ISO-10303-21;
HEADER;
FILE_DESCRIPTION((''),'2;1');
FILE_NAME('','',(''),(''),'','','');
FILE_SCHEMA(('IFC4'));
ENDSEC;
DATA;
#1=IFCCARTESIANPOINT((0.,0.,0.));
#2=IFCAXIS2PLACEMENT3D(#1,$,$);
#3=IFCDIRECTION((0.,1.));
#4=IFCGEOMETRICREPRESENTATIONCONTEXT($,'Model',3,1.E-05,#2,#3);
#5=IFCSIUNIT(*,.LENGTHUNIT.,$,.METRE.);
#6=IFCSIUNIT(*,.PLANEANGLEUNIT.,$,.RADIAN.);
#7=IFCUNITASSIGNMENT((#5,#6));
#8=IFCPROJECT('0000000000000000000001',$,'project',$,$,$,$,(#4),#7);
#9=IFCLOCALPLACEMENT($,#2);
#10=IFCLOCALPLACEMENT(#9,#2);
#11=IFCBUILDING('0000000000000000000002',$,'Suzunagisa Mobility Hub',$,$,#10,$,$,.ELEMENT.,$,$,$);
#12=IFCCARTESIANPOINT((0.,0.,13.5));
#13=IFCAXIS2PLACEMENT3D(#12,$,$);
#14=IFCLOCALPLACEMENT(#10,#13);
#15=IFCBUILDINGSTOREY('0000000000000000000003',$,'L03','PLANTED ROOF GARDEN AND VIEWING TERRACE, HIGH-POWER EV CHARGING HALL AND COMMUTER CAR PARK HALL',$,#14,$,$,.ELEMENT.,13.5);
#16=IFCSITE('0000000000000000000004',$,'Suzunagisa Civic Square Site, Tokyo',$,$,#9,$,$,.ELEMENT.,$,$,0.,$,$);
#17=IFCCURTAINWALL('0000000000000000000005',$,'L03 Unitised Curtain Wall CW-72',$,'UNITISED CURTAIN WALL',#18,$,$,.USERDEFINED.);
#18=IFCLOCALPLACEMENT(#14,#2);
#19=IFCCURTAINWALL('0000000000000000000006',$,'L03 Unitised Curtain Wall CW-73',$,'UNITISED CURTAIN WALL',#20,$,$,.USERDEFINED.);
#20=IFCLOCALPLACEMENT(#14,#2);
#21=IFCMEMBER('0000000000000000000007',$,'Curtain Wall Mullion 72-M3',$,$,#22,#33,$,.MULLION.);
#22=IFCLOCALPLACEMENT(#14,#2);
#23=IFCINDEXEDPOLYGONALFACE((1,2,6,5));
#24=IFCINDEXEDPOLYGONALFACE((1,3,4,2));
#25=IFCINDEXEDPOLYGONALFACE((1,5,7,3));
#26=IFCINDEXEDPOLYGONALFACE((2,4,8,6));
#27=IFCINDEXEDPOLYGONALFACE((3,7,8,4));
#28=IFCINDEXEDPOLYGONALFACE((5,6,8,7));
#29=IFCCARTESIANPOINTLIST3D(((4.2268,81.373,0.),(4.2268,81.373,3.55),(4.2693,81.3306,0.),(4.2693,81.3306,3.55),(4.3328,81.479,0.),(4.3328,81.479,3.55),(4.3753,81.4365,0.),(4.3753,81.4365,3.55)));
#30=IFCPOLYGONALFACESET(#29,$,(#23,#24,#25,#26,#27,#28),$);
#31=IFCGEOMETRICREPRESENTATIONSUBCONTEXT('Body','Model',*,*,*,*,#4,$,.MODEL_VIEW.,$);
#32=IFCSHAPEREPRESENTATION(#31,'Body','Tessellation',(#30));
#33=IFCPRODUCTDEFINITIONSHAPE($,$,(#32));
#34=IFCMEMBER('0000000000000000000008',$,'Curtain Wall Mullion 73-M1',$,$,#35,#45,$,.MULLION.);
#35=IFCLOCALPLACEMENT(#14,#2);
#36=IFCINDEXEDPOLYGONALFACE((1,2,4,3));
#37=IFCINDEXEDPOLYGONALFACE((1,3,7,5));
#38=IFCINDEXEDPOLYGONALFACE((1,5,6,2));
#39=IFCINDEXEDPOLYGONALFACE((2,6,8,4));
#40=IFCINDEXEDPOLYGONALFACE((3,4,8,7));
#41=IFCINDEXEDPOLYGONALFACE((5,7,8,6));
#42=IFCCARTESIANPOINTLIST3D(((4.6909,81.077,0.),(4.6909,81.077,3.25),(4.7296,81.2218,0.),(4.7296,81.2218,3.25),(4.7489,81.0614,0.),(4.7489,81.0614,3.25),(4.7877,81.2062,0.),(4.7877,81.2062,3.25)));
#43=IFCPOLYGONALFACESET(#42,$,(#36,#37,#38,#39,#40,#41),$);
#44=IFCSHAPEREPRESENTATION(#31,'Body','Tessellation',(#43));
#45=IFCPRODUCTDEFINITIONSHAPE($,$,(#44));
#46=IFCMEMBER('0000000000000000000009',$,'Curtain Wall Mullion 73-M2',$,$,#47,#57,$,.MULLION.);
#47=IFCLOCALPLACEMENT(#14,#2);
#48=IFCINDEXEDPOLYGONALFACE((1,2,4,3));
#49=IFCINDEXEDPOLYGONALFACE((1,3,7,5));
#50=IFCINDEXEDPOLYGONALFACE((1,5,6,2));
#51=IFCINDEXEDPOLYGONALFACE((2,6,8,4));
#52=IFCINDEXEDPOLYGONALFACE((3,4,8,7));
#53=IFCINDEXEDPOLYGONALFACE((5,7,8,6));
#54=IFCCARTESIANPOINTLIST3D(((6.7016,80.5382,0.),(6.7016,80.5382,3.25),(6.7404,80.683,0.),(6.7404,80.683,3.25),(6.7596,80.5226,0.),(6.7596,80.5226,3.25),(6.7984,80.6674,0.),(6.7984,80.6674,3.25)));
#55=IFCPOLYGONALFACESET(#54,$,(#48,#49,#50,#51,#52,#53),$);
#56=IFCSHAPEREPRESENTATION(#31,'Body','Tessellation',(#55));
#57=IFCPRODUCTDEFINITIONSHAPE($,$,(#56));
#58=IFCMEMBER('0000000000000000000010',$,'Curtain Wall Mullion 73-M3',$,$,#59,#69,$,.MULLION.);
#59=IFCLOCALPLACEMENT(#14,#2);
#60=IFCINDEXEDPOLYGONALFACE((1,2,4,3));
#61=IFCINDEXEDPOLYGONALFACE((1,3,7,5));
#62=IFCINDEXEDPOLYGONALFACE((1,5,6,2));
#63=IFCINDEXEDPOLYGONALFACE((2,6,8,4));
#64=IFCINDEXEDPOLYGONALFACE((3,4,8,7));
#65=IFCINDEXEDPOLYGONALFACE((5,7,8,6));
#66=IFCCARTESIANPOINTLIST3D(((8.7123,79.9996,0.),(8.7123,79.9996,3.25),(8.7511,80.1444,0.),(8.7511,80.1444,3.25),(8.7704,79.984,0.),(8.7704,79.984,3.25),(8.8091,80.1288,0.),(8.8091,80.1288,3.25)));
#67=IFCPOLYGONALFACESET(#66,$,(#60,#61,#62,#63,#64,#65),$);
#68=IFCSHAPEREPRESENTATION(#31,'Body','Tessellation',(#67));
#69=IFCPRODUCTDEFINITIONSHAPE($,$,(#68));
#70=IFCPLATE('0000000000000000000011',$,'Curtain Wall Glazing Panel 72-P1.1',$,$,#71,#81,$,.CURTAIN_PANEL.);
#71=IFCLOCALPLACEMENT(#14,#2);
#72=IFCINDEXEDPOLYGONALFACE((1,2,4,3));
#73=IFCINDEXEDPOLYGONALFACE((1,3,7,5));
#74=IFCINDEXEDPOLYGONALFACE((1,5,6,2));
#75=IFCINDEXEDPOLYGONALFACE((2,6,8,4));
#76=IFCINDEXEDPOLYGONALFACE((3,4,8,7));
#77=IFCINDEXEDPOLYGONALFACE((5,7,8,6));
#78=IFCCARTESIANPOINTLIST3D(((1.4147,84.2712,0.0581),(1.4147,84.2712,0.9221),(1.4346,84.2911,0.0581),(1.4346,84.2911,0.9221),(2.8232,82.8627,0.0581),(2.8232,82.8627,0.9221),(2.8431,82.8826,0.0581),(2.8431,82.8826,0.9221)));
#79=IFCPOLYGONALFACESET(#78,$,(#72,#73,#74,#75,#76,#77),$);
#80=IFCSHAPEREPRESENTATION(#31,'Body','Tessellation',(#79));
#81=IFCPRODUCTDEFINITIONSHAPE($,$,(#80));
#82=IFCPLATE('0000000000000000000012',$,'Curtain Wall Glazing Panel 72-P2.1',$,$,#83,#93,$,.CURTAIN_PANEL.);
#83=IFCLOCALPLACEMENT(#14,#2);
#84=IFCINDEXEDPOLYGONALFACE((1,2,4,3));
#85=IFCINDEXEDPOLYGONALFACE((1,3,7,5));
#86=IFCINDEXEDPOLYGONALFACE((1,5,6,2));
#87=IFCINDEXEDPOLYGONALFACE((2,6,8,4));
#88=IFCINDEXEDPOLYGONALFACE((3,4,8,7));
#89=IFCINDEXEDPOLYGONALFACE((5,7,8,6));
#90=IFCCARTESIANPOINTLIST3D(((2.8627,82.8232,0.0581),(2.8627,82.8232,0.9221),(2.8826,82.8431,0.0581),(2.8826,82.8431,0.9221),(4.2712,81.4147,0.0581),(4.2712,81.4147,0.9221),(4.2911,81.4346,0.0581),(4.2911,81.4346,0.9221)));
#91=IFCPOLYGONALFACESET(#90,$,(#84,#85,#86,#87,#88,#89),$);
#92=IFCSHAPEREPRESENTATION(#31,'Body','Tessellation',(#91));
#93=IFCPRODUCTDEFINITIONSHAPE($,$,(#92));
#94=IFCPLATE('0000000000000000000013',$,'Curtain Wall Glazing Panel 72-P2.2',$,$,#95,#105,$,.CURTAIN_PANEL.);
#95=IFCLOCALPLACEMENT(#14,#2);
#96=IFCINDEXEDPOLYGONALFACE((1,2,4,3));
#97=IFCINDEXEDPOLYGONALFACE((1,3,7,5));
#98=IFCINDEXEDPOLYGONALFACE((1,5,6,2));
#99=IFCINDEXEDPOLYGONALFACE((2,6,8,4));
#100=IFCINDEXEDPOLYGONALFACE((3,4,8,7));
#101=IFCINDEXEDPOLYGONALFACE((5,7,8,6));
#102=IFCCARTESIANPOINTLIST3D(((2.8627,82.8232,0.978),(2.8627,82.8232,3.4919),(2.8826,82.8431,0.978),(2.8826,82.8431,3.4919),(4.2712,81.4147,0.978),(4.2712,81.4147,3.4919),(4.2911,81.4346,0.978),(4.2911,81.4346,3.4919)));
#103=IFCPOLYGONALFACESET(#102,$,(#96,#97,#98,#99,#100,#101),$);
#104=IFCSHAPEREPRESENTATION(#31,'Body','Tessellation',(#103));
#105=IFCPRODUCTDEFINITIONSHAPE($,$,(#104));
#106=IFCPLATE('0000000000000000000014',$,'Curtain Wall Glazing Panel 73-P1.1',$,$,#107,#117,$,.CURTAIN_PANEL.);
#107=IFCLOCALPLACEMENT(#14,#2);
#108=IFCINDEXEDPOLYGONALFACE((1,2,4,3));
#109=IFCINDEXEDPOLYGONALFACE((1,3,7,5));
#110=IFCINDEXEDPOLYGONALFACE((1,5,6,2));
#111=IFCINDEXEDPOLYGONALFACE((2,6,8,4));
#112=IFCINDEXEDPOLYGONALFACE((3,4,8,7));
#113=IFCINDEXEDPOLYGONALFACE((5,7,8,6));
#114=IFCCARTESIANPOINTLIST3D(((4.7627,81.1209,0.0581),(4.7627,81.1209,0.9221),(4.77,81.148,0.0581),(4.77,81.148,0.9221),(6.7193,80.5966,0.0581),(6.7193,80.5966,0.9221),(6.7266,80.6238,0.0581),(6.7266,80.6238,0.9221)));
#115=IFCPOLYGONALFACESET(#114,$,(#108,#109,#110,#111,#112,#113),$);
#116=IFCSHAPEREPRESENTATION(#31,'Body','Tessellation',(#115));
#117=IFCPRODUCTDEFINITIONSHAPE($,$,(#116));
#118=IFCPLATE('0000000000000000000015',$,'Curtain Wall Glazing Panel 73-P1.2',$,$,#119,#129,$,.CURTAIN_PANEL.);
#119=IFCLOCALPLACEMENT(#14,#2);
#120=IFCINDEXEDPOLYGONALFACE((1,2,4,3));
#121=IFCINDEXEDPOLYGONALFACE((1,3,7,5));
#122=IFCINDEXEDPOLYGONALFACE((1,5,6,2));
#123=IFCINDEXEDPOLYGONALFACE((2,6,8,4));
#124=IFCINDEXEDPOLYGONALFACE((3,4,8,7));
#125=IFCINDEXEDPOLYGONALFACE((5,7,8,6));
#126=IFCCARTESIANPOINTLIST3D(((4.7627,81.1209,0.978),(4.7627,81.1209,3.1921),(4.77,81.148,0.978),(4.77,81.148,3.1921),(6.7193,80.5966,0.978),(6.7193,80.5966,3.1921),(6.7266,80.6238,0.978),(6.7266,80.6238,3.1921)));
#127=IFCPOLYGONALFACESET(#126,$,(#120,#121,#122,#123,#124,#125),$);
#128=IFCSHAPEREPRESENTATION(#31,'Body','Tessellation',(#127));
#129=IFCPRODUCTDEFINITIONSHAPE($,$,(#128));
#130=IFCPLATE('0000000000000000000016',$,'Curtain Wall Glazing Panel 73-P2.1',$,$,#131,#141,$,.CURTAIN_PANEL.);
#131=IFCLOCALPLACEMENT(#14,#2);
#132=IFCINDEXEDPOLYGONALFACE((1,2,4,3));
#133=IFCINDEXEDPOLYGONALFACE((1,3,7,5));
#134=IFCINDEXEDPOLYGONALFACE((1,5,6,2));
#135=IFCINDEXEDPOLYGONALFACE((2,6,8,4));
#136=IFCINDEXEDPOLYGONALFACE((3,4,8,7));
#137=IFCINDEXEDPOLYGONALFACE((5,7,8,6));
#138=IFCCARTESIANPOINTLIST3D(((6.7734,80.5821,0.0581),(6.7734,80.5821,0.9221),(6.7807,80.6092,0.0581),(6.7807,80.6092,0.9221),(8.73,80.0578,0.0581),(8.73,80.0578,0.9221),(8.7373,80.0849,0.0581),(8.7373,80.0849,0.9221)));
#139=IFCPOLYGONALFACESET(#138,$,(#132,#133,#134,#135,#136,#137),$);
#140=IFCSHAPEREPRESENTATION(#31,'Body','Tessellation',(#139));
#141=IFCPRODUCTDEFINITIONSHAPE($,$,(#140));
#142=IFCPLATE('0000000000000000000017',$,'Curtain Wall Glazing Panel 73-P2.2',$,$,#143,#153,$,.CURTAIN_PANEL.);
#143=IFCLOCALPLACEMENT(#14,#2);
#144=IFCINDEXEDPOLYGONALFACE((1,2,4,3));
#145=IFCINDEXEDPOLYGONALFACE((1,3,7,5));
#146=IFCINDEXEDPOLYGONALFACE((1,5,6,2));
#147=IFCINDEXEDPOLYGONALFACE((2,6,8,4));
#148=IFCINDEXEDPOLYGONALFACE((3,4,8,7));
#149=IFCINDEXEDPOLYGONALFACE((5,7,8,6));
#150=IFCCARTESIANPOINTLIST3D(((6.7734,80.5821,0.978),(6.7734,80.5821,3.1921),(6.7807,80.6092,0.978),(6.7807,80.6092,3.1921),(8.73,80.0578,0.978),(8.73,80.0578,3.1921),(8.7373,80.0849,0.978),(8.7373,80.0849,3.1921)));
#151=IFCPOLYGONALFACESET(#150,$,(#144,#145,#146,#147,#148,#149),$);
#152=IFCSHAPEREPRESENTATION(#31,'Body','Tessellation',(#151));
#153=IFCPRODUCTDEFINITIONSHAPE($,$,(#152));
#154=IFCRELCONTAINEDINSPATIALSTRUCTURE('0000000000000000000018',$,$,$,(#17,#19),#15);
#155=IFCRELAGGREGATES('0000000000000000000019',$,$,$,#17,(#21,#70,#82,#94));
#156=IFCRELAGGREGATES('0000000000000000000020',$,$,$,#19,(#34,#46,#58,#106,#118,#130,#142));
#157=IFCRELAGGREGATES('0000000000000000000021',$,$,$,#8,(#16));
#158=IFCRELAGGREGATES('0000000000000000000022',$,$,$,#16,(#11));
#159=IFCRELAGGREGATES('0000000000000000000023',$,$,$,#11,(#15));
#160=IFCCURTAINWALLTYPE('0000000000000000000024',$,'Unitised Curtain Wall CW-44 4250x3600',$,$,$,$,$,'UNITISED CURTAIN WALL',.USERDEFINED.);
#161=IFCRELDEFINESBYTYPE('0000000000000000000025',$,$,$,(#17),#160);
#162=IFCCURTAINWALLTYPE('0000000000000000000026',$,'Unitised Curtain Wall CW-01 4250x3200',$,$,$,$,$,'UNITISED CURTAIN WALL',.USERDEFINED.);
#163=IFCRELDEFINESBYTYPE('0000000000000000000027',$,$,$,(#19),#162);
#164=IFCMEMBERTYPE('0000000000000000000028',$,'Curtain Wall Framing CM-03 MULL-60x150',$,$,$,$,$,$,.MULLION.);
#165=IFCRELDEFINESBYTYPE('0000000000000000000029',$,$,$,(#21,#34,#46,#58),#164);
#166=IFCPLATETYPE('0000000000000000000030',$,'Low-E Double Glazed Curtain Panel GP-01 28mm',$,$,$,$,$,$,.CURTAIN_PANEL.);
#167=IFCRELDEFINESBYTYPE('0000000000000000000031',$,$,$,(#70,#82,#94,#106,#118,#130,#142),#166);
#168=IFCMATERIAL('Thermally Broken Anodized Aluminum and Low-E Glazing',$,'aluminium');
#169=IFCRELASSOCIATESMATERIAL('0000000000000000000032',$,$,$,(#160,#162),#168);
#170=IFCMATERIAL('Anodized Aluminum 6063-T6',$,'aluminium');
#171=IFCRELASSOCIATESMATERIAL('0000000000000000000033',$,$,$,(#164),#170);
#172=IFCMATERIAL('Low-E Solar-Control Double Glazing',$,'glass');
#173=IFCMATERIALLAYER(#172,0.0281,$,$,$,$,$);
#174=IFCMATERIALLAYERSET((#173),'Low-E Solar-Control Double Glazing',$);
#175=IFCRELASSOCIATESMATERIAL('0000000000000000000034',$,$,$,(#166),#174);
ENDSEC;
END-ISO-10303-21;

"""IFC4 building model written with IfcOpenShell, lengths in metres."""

from ifc_helpers import new_model, si_unit, direction, frame, origin, origin_2d, place, context, subcontext, project, spatial, rectangle, extrude, material, layer, layer_set, material_profile, profile_set, type_object, element, aggregate, save


model = new_model("IFC4")

# Units and contexts
model_context = context("Model", 3, precision=1e-05, world=origin(), true_north=direction((0.0, 1.0)))
body_context = subcontext(model_context, "Body", "Model", "MODEL_VIEW")
ifc_project = project(units=[si_unit("LENGTHUNIT", "METRE"), si_unit("PLANEANGLEUNIT", "RADIAN")], contexts=[model_context])

# Site, building, storey
site_placement = place(None, origin())
site = spatial("IfcSite", under=ifc_project, at=site_placement, Name="Suzunagisa Civic Square Site, Tokyo", CompositionType="ELEMENT", RefElevation=0.0)
building_placement = place(site_placement, origin())
building = spatial("IfcBuilding", under=site, at=building_placement, Name="Suzunagisa Mobility Hub", CompositionType="ELEMENT")
storey_placement = place(building_placement, frame((0.0, 0.0, 13.5)))
storey = spatial("IfcBuildingStorey", under=building, at=storey_placement, Name="L03", Description="PLANTED ROOF GARDEN AND VIEWING TERRACE, HIGH-POWER EV CHARGING HALL AND COMMUTER CAR PARK HALL", CompositionType="ELEMENT", Elevation=13.5)

# Curtain walls
ifc_material_1 = material(Name="Thermally Broken Anodized Aluminum and Low-E Glazing", Category="aluminium")
curtain_wall_type_1 = type_object("IfcCurtainWallType", Name="Unitised Curtain Wall CW-44 4250x3600", ElementType="UNITISED CURTAIN WALL", PredefinedType="USERDEFINED", material=ifc_material_1)
curtain_wall_1_placement = place(storey_placement, origin())
curtain_wall_1 = element("IfcCurtainWall", 1, at=curtain_wall_1_placement, inside=storey, type_object=curtain_wall_type_1, Name="L03 Unitised Curtain Wall CW-72", ObjectType="UNITISED CURTAIN WALL", PredefinedType="USERDEFINED")
ifc_material_2 = material(Name="Anodized Aluminum 6063-T6", Category="aluminium")
curtain_wall_type_2 = type_object("IfcCurtainWallType", Name="Unitised Curtain Wall CW-01 4250x3200", ElementType="UNITISED CURTAIN WALL", PredefinedType="USERDEFINED", material=ifc_material_1)
curtain_wall_2_placement = place(storey_placement, origin())
curtain_wall_2 = element("IfcCurtainWall", 2, at=curtain_wall_2_placement, inside=storey, type_object=curtain_wall_type_2, Name="L03 Unitised Curtain Wall CW-73", ObjectType="UNITISED CURTAIN WALL", PredefinedType="USERDEFINED")

# Members
ifc_material_profile_1 = material_profile(ifc_material_2, rectangle(XDim=0.0601, YDim=0.1499, at=origin_2d()), Name="MULL-60x150")
ifc_profile_set_1 = profile_set([ifc_material_profile_1], Name="Anodized Aluminum 6063-T6")
member_type_1 = type_object("IfcMemberType", Name="Curtain Wall Framing CM-03 MULL-60x150", PredefinedType="MULLION", material=ifc_profile_set_1)
member_1_placement = place(storey_placement, frame((4.301, 81.4048, 0.0), z_axis=(0.0, 0.0, 1.0), x_axis=(0.707107, -0.707107, 0.0)))
member_1 = element("IfcMember", 3, at=member_1_placement, type_object=member_type_1, Name="Curtain Wall Mullion 72-M3", PredefinedType="MULLION", context=body_context, shape_type="SweptSolid", body=[
    extrude(rectangle(XDim=0.0601, YDim=0.1499, at=origin_2d()), origin(), (0.0, 0.0, 1.0), 3.55),
])
member_2_placement = place(storey_placement, frame((4.7393, 81.1416, 0.0), z_axis=(0.0, 0.0, 1.0), x_axis=(0.96593, -0.258803, 0.0)))
member_2 = element("IfcMember", 4, at=member_2_placement, type_object=member_type_1, Name="Curtain Wall Mullion 73-M1", PredefinedType="MULLION", context=body_context, shape_type="SweptSolid", body=[
    extrude(rectangle(XDim=0.0601, YDim=0.1499, at=origin_2d()), origin(), (0.0, 0.0, 1.0), 3.25),
])
member_3_placement = place(storey_placement, frame((6.75, 80.6028, 0.0), z_axis=(0.0, 0.0, 1.0), x_axis=(0.96593, -0.258803, 0.0)))
member_3 = element("IfcMember", 5, at=member_3_placement, type_object=member_type_1, Name="Curtain Wall Mullion 73-M2", PredefinedType="MULLION", context=body_context, shape_type="SweptSolid", body=[
    extrude(rectangle(XDim=0.0601, YDim=0.1499, at=origin_2d()), origin(), (0.0, 0.0, 1.0), 3.25),
])
member_4_placement = place(storey_placement, frame((8.7607, 80.0642, 0.0), z_axis=(0.0, 0.0, 1.0), x_axis=(0.96593, -0.258803, 0.0)))
member_4 = element("IfcMember", 6, at=member_4_placement, type_object=member_type_1, Name="Curtain Wall Mullion 73-M3", PredefinedType="MULLION", context=body_context, shape_type="SweptSolid", body=[
    extrude(rectangle(XDim=0.0601, YDim=0.1499, at=origin_2d()), origin(), (0.0, 0.0, 1.0), 3.25),
])

# Plates
ifc_material_3 = material(Name="Low-E Solar-Control Double Glazing", Category="glass")
ifc_layer = layer(ifc_material_3, 0.0281)
ifc_layer_set = layer_set([ifc_layer], Name="Low-E Solar-Control Double Glazing")
plate_type = type_object("IfcPlateType", Name="Low-E Double Glazed Curtain Panel GP-01 28mm", PredefinedType="CURTAIN_PANEL", material=ifc_layer_set)
plate_1_placement = place(storey_placement, frame((2.1289, 83.5769, 0.0581), z_axis=(0.0, 0.0, 1.0), x_axis=(0.707107, -0.707107, 0.0)))
plate_1 = element("IfcPlate", 7, at=plate_1_placement, type_object=plate_type, Name="Curtain Wall Glazing Panel 72-P1.1", PredefinedType="CURTAIN_PANEL", context=body_context, shape_type="SweptSolid", body=[
    extrude(rectangle(XDim=1.9919, YDim=0.0281, at=origin_2d()), origin(), (0.0, 0.0, 1.0), 0.864),
])
plate_2_placement = place(storey_placement, frame((3.5769, 82.1289, 0.0581), z_axis=(0.0, 0.0, 1.0), x_axis=(0.707107, -0.707107, 0.0)))
plate_2 = element("IfcPlate", 8, at=plate_2_placement, type_object=plate_type, Name="Curtain Wall Glazing Panel 72-P2.1", PredefinedType="CURTAIN_PANEL", context=body_context, shape_type="SweptSolid", body=[
    extrude(rectangle(XDim=1.9919, YDim=0.0281, at=origin_2d()), origin(), (0.0, 0.0, 1.0), 0.864),
])
plate_3_placement = place(storey_placement, frame((3.5769, 82.1289, 0.978), z_axis=(0.0, 0.0, 1.0), x_axis=(0.707107, -0.707107, 0.0)))
plate_3 = element("IfcPlate", 9, at=plate_3_placement, type_object=plate_type, Name="Curtain Wall Glazing Panel 72-P2.2", PredefinedType="CURTAIN_PANEL", context=body_context, shape_type="SweptSolid", body=[
    extrude(rectangle(XDim=1.9919, YDim=0.0281, at=origin_2d()), origin(), (0.0, 0.0, 1.0), 2.5139),
])
aggregate(curtain_wall_1, [member_1, plate_1, plate_2, plate_3])
plate_4_placement = place(storey_placement, frame((5.7446, 80.8723, 0.0581), z_axis=(0.0, 0.0, 1.0), x_axis=(0.96593, -0.258803, 0.0)))
plate_4 = element("IfcPlate", 10, at=plate_4_placement, type_object=plate_type, Name="Curtain Wall Glazing Panel 73-P1.1", PredefinedType="CURTAIN_PANEL", context=body_context, shape_type="SweptSolid", body=[
    extrude(rectangle(XDim=2.0256, YDim=0.0281, at=origin_2d()), origin(), (0.0, 0.0, 1.0), 0.864),
])
plate_5_placement = place(storey_placement, frame((5.7446, 80.8723, 0.978), z_axis=(0.0, 0.0, 1.0), x_axis=(0.96593, -0.258803, 0.0)))
plate_5 = element("IfcPlate", 11, at=plate_5_placement, type_object=plate_type, Name="Curtain Wall Glazing Panel 73-P1.2", PredefinedType="CURTAIN_PANEL", context=body_context, shape_type="SweptSolid", body=[
    extrude(rectangle(XDim=2.0256, YDim=0.0281, at=origin_2d()), origin(), (0.0, 0.0, 1.0), 2.2141),
])
plate_6_placement = place(storey_placement, frame((7.7554, 80.3335, 0.0581), z_axis=(0.0, 0.0, 1.0), x_axis=(0.96593, -0.258803, 0.0)))
plate_6 = element("IfcPlate", 12, at=plate_6_placement, type_object=plate_type, Name="Curtain Wall Glazing Panel 73-P2.1", PredefinedType="CURTAIN_PANEL", context=body_context, shape_type="SweptSolid", body=[
    extrude(rectangle(XDim=2.0256, YDim=0.0281, at=origin_2d()), origin(), (0.0, 0.0, 1.0), 0.864),
])
plate_7_placement = place(storey_placement, frame((7.7554, 80.3335, 0.978), z_axis=(0.0, 0.0, 1.0), x_axis=(0.96593, -0.258803, 0.0)))
plate_7 = element("IfcPlate", 13, at=plate_7_placement, type_object=plate_type, Name="Curtain Wall Glazing Panel 73-P2.2", PredefinedType="CURTAIN_PANEL", context=body_context, shape_type="SweptSolid", body=[
    extrude(rectangle(XDim=2.0256, YDim=0.0281, at=origin_2d()), origin(), (0.0, 0.0, 1.0), 2.2141),
])
aggregate(curtain_wall_2, [member_2, member_3, member_4, plate_4, plate_5, plate_6, plate_7])

save(model, "model.ifc")
